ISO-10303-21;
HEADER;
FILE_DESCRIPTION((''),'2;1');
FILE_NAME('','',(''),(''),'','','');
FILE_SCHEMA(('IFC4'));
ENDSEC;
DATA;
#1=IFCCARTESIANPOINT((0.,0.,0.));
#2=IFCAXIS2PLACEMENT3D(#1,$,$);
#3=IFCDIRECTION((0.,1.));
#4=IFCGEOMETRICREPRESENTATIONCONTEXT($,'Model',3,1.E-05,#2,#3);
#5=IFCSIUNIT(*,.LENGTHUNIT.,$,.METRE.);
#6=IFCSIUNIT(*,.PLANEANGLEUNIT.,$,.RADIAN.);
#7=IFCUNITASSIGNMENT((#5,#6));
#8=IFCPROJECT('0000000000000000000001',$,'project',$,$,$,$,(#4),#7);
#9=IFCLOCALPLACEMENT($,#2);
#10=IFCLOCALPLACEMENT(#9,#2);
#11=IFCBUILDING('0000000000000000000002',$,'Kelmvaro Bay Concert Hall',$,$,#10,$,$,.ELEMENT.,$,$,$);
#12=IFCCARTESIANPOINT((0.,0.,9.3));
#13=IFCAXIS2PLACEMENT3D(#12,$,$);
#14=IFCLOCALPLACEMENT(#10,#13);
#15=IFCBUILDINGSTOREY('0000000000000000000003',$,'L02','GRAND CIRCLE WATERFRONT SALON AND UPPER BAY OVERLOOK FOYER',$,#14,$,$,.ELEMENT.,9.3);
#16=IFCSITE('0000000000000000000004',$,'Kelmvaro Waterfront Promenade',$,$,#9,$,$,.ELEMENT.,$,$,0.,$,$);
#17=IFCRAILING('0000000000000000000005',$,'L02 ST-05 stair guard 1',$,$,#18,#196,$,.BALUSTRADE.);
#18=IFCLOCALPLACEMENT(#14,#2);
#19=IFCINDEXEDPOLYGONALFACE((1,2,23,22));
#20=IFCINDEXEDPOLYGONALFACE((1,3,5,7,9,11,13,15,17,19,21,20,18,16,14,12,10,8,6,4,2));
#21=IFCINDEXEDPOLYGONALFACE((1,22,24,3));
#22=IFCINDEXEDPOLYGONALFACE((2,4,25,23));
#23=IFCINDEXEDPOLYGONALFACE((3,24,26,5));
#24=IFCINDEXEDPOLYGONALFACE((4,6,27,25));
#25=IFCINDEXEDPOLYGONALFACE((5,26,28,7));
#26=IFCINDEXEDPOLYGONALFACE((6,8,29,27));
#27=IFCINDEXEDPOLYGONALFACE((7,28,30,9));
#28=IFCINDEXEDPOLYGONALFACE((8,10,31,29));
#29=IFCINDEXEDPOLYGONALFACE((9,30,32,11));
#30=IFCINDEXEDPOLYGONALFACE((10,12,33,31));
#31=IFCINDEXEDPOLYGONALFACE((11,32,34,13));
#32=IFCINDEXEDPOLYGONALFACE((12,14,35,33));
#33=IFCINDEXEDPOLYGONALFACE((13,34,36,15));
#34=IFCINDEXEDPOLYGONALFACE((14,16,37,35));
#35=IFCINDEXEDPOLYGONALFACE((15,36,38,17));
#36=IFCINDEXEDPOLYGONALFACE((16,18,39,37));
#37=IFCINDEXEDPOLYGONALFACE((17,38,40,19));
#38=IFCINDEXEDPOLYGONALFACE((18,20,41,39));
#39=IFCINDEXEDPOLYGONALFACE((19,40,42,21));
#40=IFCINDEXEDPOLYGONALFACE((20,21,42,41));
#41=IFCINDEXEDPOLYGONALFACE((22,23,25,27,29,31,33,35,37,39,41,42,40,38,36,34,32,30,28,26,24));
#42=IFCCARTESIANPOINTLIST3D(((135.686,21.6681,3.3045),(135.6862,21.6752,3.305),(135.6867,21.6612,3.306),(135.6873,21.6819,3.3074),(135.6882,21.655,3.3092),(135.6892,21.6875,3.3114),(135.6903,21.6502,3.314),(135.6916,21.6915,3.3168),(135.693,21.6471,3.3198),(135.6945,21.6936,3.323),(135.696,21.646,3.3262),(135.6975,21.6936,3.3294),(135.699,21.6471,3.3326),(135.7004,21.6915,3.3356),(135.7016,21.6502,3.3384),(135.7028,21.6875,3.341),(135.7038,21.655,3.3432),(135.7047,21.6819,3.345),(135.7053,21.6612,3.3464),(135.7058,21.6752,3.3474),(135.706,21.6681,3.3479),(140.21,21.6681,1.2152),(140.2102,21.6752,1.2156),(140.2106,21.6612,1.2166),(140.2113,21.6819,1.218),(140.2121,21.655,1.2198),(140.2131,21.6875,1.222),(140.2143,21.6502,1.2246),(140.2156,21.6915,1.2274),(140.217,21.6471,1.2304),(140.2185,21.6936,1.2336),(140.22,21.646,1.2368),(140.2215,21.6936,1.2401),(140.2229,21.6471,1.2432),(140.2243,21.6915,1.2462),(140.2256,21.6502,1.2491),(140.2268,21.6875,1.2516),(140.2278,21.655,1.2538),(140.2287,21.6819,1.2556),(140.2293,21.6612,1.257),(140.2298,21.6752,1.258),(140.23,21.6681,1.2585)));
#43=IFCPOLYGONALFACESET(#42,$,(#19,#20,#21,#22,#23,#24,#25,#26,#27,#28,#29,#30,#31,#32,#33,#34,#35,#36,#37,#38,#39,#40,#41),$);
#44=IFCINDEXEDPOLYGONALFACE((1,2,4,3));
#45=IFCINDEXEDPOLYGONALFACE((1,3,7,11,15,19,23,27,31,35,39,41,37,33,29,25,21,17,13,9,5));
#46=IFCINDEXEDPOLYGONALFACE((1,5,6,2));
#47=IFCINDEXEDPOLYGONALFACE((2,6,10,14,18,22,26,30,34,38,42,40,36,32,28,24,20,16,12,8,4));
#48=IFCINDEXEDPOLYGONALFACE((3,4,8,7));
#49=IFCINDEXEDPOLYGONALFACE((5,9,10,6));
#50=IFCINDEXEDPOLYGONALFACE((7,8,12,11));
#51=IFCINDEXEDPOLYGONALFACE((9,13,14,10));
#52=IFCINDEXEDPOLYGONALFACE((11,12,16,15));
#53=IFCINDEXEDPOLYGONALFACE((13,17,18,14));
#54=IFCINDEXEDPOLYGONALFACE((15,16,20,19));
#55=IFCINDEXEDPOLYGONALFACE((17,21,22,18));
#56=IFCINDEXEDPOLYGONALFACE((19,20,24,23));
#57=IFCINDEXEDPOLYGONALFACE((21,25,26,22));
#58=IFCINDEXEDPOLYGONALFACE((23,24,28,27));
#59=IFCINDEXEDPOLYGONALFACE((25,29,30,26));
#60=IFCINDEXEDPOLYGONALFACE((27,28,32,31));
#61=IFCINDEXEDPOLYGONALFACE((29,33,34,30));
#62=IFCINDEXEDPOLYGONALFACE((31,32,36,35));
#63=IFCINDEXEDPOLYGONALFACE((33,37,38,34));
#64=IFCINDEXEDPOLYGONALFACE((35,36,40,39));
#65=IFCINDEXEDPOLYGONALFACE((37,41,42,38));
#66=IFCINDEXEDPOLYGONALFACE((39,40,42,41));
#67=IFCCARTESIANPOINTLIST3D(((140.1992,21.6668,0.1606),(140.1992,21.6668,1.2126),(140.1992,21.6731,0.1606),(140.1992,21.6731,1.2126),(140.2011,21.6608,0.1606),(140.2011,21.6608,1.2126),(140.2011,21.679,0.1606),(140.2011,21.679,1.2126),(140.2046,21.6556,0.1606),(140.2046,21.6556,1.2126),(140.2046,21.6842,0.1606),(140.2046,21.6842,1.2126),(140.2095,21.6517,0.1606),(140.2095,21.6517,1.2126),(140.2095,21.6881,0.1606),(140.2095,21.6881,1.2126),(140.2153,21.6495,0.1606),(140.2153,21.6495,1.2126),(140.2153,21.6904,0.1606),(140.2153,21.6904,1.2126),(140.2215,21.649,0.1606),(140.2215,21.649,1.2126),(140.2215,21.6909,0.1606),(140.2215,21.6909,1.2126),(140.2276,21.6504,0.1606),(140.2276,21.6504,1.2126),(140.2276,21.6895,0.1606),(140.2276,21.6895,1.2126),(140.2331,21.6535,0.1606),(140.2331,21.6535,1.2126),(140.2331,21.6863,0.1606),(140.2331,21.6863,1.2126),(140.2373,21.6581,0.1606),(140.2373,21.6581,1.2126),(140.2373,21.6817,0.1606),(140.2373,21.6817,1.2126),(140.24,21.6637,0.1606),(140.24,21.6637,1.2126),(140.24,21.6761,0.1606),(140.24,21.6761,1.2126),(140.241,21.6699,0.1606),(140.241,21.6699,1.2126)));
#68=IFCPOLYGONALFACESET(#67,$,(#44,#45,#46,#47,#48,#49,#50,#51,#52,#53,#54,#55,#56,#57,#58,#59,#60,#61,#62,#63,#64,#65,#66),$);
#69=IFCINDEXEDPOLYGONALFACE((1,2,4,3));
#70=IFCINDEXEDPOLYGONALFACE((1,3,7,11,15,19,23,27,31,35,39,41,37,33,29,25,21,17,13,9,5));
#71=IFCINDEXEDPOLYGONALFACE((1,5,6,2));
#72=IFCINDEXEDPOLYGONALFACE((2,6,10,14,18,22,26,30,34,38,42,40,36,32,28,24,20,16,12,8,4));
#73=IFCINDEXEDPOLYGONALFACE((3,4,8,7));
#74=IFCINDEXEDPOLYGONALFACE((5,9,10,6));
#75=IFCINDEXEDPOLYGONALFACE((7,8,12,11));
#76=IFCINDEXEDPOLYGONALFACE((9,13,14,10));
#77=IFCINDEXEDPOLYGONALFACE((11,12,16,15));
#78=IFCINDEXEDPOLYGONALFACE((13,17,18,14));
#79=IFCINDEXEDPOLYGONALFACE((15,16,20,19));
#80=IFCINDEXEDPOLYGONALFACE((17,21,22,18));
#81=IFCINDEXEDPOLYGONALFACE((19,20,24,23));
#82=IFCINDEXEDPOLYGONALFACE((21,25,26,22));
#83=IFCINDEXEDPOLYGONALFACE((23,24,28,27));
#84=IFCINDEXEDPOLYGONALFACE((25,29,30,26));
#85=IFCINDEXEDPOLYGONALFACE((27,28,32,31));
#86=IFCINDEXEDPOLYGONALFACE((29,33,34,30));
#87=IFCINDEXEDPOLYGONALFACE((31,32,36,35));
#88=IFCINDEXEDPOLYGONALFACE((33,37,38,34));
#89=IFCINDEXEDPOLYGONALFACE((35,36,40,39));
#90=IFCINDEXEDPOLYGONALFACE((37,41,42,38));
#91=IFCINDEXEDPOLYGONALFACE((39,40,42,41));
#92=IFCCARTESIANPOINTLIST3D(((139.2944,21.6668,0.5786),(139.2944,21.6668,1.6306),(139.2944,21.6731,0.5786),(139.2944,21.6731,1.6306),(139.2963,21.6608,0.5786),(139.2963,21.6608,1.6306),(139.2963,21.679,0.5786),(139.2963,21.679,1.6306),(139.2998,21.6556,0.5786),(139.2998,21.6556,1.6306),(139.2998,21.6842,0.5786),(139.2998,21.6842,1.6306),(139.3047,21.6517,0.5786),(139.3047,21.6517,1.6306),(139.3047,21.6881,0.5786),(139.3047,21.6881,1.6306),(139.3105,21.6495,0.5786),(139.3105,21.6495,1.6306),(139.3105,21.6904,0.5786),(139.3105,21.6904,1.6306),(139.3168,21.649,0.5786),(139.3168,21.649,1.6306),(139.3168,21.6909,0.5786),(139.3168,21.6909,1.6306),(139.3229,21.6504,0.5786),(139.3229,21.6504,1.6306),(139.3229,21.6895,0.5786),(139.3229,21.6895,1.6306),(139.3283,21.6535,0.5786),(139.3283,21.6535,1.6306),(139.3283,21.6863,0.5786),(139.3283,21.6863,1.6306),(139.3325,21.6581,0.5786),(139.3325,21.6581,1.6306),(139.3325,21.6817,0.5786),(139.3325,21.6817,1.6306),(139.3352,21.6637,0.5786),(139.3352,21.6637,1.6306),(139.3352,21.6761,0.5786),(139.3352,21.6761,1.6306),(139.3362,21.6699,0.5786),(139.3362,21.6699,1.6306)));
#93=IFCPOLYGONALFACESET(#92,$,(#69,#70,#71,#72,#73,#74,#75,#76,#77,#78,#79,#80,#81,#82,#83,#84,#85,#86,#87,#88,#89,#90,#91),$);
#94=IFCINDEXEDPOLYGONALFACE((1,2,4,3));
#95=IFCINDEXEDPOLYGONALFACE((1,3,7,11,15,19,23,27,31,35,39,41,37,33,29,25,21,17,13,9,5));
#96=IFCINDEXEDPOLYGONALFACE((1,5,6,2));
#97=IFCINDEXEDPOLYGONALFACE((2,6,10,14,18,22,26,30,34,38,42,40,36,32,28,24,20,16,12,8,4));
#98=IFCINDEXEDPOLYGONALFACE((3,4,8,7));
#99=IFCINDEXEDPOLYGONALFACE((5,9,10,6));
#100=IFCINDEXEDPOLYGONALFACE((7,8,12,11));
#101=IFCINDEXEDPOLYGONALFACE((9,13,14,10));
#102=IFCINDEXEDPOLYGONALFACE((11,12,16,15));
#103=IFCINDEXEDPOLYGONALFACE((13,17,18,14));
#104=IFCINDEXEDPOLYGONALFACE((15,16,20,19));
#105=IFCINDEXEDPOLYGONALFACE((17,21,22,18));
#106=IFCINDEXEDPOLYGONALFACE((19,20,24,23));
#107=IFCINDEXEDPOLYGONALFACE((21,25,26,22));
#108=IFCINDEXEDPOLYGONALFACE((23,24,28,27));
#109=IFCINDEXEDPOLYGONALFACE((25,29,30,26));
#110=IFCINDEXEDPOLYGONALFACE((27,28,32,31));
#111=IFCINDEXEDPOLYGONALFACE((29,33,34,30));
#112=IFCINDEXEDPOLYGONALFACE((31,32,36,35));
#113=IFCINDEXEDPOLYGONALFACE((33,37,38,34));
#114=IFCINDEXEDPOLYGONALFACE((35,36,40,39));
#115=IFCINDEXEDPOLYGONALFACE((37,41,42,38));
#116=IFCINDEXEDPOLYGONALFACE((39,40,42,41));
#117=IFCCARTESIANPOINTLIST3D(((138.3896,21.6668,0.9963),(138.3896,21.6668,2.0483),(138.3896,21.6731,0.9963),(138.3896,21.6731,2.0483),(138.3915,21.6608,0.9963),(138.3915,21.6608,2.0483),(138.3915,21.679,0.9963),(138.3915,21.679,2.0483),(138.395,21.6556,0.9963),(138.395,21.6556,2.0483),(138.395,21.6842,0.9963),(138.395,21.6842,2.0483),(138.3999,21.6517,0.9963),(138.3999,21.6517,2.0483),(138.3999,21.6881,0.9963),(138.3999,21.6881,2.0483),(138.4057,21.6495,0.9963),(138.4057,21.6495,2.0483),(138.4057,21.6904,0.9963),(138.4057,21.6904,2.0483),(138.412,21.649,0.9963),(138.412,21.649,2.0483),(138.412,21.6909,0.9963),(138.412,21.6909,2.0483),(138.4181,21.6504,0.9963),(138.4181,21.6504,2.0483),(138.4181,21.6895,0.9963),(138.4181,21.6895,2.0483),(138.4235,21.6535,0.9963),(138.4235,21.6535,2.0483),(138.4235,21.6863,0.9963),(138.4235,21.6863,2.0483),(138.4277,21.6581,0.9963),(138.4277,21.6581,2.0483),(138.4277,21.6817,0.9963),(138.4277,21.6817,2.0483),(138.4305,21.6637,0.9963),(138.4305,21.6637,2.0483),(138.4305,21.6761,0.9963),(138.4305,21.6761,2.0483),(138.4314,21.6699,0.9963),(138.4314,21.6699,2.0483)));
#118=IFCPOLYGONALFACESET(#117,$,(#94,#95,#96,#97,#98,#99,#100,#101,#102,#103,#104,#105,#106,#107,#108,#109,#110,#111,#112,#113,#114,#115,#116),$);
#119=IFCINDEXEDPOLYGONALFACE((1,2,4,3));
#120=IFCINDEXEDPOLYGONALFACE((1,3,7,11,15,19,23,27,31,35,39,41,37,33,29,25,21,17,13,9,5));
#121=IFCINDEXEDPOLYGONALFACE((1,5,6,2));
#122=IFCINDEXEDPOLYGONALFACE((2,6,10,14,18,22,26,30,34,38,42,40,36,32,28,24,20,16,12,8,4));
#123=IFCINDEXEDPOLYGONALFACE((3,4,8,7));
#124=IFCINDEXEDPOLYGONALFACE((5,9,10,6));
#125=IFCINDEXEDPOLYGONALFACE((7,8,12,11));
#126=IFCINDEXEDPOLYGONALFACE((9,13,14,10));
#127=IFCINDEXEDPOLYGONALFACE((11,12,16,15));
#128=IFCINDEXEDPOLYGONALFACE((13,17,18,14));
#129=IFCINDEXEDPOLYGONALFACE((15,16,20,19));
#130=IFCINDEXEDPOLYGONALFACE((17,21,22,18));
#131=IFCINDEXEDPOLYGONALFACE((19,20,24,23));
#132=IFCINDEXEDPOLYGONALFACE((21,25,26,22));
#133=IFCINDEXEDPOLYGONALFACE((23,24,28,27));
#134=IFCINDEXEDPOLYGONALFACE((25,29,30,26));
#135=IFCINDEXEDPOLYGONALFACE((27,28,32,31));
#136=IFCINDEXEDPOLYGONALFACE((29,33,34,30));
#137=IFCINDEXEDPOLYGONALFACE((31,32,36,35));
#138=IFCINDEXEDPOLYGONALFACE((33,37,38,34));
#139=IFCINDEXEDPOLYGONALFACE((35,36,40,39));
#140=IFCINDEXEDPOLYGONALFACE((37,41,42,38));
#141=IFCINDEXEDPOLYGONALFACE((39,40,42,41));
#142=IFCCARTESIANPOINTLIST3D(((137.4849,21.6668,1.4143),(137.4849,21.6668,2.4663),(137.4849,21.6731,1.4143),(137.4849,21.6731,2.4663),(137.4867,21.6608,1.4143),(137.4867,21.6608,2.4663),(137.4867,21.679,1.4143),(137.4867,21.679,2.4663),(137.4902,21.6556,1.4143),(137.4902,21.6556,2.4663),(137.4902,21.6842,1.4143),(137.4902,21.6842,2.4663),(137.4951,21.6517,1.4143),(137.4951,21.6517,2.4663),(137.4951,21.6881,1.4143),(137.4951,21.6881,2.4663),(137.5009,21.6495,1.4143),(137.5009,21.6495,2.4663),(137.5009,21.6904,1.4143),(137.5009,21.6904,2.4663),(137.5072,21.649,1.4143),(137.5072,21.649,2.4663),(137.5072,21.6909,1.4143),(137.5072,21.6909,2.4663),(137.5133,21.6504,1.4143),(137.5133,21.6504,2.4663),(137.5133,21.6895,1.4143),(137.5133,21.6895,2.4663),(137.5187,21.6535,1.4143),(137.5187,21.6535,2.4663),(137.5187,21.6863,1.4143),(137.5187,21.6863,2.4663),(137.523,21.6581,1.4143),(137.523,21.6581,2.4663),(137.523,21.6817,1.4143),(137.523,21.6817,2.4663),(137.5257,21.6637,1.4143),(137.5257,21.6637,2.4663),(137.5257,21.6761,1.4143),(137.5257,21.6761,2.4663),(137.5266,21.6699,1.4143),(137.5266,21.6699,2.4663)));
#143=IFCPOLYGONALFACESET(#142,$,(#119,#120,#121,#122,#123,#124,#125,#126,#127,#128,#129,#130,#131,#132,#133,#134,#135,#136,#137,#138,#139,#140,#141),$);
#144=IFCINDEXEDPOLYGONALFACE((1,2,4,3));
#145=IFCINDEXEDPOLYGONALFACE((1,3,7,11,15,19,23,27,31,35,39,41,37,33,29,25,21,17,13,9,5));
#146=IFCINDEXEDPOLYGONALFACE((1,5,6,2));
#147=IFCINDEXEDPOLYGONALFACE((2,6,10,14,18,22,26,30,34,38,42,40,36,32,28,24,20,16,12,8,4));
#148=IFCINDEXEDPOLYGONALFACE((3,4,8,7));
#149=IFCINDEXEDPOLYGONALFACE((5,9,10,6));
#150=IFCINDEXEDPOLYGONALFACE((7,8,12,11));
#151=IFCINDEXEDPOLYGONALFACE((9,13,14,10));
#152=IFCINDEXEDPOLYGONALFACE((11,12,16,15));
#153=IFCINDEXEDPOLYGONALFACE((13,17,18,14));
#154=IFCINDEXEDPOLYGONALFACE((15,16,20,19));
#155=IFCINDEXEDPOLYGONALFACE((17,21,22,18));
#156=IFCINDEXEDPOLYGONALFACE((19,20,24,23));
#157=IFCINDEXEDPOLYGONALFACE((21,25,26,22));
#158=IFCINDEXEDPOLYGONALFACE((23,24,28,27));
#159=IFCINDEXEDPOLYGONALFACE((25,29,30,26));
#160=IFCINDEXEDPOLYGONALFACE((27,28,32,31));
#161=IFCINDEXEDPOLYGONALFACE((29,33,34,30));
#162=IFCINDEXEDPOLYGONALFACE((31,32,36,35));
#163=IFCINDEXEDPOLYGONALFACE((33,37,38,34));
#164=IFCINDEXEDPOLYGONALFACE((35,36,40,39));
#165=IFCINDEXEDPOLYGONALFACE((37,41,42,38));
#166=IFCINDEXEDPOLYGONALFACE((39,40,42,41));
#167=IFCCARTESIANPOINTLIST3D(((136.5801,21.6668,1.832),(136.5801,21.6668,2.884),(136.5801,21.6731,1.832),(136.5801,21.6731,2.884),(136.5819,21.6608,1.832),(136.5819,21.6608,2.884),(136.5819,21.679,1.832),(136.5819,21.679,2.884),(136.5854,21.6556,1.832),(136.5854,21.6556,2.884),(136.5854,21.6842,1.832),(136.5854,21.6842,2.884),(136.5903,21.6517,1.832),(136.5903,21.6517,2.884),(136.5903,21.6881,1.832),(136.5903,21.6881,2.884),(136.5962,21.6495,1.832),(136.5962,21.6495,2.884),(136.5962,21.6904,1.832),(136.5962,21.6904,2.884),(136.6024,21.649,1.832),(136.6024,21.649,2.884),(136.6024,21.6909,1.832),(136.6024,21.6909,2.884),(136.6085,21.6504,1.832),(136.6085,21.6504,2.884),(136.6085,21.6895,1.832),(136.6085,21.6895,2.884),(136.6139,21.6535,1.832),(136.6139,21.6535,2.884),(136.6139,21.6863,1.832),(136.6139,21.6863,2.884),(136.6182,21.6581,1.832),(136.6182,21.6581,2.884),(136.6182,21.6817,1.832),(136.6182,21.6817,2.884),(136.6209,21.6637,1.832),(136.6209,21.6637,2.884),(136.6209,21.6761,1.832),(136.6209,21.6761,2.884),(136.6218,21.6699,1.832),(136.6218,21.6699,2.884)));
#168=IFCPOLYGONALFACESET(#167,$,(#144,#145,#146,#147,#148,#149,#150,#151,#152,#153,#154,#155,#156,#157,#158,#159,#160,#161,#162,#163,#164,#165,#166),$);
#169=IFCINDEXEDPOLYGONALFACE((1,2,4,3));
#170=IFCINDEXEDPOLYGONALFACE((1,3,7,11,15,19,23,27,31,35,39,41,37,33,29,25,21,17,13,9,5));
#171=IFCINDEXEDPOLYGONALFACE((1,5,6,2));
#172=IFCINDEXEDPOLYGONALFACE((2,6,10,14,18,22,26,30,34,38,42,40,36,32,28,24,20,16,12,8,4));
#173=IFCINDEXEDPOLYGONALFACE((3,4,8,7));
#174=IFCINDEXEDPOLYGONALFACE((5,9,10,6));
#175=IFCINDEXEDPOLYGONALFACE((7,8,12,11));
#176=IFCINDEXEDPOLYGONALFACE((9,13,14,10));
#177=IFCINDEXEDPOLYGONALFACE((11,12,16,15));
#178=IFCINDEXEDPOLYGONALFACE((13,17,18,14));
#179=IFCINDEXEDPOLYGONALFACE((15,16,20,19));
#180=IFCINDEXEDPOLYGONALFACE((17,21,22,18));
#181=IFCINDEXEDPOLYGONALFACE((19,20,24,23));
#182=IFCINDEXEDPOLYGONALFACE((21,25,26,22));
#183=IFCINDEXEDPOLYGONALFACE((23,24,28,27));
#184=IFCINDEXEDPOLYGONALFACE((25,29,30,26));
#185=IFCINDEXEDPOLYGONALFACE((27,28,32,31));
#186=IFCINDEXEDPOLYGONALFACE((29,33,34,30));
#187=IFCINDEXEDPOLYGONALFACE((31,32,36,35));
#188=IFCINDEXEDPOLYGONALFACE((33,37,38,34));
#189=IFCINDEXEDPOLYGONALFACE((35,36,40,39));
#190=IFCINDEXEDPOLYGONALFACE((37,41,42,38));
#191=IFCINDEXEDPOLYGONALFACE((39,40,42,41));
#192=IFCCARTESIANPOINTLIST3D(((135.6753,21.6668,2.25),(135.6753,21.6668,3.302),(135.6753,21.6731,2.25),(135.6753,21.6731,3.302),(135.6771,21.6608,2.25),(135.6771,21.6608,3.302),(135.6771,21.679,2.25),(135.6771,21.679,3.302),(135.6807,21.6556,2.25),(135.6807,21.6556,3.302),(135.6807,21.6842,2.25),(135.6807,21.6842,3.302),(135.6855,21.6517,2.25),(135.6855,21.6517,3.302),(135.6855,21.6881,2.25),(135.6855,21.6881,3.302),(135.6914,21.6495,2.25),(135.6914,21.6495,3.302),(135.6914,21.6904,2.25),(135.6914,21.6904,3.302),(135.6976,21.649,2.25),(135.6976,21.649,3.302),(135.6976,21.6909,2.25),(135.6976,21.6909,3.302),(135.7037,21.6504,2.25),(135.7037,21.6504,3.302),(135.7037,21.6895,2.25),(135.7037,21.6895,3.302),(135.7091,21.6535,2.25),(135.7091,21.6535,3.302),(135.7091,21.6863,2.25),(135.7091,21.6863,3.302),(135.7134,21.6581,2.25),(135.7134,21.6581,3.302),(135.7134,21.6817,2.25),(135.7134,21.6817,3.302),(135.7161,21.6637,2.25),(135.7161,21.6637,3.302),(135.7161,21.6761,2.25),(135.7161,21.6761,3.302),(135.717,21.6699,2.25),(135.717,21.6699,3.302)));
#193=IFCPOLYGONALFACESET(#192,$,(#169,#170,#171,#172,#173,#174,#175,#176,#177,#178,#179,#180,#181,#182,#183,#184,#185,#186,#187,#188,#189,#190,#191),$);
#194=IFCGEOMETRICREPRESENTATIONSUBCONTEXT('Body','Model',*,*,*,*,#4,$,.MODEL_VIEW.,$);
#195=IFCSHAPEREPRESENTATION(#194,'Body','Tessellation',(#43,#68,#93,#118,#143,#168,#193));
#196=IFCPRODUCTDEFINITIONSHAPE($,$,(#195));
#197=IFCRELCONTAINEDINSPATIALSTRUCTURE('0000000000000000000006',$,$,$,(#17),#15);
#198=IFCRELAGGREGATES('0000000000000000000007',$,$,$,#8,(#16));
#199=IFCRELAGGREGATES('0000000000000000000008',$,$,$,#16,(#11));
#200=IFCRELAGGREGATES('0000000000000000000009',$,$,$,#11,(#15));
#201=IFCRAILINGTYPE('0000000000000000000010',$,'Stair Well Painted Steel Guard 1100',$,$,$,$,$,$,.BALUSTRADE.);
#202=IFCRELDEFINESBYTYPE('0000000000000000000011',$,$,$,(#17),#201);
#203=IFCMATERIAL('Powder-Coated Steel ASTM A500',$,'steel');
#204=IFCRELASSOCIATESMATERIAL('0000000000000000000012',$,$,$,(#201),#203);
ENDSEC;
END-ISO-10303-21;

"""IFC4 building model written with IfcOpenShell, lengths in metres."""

from ifc_helpers import new_model, si_unit, direction, frame, origin, origin_2d, place, context, subcontext, project, spatial, circle, extrude, material, type_object, element, save


model = new_model("IFC4")

# Units and contexts
model_context = context("Model", 3, precision=1e-05, world=origin(), true_north=direction((0.0, 1.0)))
body_context = subcontext(model_context, "Body", "Model", "MODEL_VIEW")
ifc_project = project(units=[si_unit("LENGTHUNIT", "METRE"), si_unit("PLANEANGLEUNIT", "RADIAN")], contexts=[model_context])

# Site, building, storey
site_placement = place(None, origin())
site = spatial("IfcSite", under=ifc_project, at=site_placement, Name="Kelmvaro Waterfront Promenade", CompositionType="ELEMENT", RefElevation=0.0)
building_placement = place(site_placement, origin())
building = spatial("IfcBuilding", under=site, at=building_placement, Name="Kelmvaro Bay Concert Hall", CompositionType="ELEMENT")
storey_placement = place(building_placement, frame((0.0, 0.0, 9.3)))
storey = spatial("IfcBuildingStorey", under=building, at=storey_placement, Name="L02", Description="GRAND CIRCLE WATERFRONT SALON AND UPPER BAY OVERLOOK FOYER", CompositionType="ELEMENT", Elevation=9.3)

# Railing
ifc_material_1 = material(Name="Powder-Coated Steel ASTM A500", Category="steel")
railing_type_1 = type_object("IfcRailingType", Name="Stair Well Painted Steel Guard 1100", PredefinedType="BALUSTRADE", material=ifc_material_1)
railing_1_placement = place(storey_placement, frame((140.22, 21.6699, 0.1606)))
element("IfcRailing", 1, at=railing_1_placement, inside=storey, type_object=railing_type_1, Name="L02 ST-05 stair guard 1", PredefinedType="BALUSTRADE", context=body_context, shape_type="SweptSolid", body=[
    extrude(circle(Radius=0.0239, at=origin_2d()), frame((0.0, 0.0, 1.0762), z_axis=(-0.907853, 0.0, 0.419288), x_axis=(0.0, -1.0, 0.0)), (0.0, 0.0, 1.0), 4.9832),
    extrude(circle(Radius=0.021, at=origin_2d()), origin(), (0.0, 0.0, 1.0), 1.052),
    extrude(circle(Radius=0.021, at=origin_2d()), frame((-0.9048, 0.0, 0.418)), (0.0, 0.0, 1.0), 1.052),
    extrude(circle(Radius=0.021, at=origin_2d()), frame((-1.8096, 0.0, 0.8357)), (0.0, 0.0, 1.0), 1.052),
    extrude(circle(Radius=0.021, at=origin_2d()), frame((-2.7144, 0.0, 1.2537)), (0.0, 0.0, 1.0), 1.052),
    extrude(circle(Radius=0.021, at=origin_2d()), frame((-3.6191, 0.0, 1.6714)), (0.0, 0.0, 1.0), 1.052),
    extrude(circle(Radius=0.021, at=origin_2d()), frame((-4.5239, 0.0, 2.0894)), (0.0, 0.0, 1.0), 1.052),
])

save(model, "model.ifc")
